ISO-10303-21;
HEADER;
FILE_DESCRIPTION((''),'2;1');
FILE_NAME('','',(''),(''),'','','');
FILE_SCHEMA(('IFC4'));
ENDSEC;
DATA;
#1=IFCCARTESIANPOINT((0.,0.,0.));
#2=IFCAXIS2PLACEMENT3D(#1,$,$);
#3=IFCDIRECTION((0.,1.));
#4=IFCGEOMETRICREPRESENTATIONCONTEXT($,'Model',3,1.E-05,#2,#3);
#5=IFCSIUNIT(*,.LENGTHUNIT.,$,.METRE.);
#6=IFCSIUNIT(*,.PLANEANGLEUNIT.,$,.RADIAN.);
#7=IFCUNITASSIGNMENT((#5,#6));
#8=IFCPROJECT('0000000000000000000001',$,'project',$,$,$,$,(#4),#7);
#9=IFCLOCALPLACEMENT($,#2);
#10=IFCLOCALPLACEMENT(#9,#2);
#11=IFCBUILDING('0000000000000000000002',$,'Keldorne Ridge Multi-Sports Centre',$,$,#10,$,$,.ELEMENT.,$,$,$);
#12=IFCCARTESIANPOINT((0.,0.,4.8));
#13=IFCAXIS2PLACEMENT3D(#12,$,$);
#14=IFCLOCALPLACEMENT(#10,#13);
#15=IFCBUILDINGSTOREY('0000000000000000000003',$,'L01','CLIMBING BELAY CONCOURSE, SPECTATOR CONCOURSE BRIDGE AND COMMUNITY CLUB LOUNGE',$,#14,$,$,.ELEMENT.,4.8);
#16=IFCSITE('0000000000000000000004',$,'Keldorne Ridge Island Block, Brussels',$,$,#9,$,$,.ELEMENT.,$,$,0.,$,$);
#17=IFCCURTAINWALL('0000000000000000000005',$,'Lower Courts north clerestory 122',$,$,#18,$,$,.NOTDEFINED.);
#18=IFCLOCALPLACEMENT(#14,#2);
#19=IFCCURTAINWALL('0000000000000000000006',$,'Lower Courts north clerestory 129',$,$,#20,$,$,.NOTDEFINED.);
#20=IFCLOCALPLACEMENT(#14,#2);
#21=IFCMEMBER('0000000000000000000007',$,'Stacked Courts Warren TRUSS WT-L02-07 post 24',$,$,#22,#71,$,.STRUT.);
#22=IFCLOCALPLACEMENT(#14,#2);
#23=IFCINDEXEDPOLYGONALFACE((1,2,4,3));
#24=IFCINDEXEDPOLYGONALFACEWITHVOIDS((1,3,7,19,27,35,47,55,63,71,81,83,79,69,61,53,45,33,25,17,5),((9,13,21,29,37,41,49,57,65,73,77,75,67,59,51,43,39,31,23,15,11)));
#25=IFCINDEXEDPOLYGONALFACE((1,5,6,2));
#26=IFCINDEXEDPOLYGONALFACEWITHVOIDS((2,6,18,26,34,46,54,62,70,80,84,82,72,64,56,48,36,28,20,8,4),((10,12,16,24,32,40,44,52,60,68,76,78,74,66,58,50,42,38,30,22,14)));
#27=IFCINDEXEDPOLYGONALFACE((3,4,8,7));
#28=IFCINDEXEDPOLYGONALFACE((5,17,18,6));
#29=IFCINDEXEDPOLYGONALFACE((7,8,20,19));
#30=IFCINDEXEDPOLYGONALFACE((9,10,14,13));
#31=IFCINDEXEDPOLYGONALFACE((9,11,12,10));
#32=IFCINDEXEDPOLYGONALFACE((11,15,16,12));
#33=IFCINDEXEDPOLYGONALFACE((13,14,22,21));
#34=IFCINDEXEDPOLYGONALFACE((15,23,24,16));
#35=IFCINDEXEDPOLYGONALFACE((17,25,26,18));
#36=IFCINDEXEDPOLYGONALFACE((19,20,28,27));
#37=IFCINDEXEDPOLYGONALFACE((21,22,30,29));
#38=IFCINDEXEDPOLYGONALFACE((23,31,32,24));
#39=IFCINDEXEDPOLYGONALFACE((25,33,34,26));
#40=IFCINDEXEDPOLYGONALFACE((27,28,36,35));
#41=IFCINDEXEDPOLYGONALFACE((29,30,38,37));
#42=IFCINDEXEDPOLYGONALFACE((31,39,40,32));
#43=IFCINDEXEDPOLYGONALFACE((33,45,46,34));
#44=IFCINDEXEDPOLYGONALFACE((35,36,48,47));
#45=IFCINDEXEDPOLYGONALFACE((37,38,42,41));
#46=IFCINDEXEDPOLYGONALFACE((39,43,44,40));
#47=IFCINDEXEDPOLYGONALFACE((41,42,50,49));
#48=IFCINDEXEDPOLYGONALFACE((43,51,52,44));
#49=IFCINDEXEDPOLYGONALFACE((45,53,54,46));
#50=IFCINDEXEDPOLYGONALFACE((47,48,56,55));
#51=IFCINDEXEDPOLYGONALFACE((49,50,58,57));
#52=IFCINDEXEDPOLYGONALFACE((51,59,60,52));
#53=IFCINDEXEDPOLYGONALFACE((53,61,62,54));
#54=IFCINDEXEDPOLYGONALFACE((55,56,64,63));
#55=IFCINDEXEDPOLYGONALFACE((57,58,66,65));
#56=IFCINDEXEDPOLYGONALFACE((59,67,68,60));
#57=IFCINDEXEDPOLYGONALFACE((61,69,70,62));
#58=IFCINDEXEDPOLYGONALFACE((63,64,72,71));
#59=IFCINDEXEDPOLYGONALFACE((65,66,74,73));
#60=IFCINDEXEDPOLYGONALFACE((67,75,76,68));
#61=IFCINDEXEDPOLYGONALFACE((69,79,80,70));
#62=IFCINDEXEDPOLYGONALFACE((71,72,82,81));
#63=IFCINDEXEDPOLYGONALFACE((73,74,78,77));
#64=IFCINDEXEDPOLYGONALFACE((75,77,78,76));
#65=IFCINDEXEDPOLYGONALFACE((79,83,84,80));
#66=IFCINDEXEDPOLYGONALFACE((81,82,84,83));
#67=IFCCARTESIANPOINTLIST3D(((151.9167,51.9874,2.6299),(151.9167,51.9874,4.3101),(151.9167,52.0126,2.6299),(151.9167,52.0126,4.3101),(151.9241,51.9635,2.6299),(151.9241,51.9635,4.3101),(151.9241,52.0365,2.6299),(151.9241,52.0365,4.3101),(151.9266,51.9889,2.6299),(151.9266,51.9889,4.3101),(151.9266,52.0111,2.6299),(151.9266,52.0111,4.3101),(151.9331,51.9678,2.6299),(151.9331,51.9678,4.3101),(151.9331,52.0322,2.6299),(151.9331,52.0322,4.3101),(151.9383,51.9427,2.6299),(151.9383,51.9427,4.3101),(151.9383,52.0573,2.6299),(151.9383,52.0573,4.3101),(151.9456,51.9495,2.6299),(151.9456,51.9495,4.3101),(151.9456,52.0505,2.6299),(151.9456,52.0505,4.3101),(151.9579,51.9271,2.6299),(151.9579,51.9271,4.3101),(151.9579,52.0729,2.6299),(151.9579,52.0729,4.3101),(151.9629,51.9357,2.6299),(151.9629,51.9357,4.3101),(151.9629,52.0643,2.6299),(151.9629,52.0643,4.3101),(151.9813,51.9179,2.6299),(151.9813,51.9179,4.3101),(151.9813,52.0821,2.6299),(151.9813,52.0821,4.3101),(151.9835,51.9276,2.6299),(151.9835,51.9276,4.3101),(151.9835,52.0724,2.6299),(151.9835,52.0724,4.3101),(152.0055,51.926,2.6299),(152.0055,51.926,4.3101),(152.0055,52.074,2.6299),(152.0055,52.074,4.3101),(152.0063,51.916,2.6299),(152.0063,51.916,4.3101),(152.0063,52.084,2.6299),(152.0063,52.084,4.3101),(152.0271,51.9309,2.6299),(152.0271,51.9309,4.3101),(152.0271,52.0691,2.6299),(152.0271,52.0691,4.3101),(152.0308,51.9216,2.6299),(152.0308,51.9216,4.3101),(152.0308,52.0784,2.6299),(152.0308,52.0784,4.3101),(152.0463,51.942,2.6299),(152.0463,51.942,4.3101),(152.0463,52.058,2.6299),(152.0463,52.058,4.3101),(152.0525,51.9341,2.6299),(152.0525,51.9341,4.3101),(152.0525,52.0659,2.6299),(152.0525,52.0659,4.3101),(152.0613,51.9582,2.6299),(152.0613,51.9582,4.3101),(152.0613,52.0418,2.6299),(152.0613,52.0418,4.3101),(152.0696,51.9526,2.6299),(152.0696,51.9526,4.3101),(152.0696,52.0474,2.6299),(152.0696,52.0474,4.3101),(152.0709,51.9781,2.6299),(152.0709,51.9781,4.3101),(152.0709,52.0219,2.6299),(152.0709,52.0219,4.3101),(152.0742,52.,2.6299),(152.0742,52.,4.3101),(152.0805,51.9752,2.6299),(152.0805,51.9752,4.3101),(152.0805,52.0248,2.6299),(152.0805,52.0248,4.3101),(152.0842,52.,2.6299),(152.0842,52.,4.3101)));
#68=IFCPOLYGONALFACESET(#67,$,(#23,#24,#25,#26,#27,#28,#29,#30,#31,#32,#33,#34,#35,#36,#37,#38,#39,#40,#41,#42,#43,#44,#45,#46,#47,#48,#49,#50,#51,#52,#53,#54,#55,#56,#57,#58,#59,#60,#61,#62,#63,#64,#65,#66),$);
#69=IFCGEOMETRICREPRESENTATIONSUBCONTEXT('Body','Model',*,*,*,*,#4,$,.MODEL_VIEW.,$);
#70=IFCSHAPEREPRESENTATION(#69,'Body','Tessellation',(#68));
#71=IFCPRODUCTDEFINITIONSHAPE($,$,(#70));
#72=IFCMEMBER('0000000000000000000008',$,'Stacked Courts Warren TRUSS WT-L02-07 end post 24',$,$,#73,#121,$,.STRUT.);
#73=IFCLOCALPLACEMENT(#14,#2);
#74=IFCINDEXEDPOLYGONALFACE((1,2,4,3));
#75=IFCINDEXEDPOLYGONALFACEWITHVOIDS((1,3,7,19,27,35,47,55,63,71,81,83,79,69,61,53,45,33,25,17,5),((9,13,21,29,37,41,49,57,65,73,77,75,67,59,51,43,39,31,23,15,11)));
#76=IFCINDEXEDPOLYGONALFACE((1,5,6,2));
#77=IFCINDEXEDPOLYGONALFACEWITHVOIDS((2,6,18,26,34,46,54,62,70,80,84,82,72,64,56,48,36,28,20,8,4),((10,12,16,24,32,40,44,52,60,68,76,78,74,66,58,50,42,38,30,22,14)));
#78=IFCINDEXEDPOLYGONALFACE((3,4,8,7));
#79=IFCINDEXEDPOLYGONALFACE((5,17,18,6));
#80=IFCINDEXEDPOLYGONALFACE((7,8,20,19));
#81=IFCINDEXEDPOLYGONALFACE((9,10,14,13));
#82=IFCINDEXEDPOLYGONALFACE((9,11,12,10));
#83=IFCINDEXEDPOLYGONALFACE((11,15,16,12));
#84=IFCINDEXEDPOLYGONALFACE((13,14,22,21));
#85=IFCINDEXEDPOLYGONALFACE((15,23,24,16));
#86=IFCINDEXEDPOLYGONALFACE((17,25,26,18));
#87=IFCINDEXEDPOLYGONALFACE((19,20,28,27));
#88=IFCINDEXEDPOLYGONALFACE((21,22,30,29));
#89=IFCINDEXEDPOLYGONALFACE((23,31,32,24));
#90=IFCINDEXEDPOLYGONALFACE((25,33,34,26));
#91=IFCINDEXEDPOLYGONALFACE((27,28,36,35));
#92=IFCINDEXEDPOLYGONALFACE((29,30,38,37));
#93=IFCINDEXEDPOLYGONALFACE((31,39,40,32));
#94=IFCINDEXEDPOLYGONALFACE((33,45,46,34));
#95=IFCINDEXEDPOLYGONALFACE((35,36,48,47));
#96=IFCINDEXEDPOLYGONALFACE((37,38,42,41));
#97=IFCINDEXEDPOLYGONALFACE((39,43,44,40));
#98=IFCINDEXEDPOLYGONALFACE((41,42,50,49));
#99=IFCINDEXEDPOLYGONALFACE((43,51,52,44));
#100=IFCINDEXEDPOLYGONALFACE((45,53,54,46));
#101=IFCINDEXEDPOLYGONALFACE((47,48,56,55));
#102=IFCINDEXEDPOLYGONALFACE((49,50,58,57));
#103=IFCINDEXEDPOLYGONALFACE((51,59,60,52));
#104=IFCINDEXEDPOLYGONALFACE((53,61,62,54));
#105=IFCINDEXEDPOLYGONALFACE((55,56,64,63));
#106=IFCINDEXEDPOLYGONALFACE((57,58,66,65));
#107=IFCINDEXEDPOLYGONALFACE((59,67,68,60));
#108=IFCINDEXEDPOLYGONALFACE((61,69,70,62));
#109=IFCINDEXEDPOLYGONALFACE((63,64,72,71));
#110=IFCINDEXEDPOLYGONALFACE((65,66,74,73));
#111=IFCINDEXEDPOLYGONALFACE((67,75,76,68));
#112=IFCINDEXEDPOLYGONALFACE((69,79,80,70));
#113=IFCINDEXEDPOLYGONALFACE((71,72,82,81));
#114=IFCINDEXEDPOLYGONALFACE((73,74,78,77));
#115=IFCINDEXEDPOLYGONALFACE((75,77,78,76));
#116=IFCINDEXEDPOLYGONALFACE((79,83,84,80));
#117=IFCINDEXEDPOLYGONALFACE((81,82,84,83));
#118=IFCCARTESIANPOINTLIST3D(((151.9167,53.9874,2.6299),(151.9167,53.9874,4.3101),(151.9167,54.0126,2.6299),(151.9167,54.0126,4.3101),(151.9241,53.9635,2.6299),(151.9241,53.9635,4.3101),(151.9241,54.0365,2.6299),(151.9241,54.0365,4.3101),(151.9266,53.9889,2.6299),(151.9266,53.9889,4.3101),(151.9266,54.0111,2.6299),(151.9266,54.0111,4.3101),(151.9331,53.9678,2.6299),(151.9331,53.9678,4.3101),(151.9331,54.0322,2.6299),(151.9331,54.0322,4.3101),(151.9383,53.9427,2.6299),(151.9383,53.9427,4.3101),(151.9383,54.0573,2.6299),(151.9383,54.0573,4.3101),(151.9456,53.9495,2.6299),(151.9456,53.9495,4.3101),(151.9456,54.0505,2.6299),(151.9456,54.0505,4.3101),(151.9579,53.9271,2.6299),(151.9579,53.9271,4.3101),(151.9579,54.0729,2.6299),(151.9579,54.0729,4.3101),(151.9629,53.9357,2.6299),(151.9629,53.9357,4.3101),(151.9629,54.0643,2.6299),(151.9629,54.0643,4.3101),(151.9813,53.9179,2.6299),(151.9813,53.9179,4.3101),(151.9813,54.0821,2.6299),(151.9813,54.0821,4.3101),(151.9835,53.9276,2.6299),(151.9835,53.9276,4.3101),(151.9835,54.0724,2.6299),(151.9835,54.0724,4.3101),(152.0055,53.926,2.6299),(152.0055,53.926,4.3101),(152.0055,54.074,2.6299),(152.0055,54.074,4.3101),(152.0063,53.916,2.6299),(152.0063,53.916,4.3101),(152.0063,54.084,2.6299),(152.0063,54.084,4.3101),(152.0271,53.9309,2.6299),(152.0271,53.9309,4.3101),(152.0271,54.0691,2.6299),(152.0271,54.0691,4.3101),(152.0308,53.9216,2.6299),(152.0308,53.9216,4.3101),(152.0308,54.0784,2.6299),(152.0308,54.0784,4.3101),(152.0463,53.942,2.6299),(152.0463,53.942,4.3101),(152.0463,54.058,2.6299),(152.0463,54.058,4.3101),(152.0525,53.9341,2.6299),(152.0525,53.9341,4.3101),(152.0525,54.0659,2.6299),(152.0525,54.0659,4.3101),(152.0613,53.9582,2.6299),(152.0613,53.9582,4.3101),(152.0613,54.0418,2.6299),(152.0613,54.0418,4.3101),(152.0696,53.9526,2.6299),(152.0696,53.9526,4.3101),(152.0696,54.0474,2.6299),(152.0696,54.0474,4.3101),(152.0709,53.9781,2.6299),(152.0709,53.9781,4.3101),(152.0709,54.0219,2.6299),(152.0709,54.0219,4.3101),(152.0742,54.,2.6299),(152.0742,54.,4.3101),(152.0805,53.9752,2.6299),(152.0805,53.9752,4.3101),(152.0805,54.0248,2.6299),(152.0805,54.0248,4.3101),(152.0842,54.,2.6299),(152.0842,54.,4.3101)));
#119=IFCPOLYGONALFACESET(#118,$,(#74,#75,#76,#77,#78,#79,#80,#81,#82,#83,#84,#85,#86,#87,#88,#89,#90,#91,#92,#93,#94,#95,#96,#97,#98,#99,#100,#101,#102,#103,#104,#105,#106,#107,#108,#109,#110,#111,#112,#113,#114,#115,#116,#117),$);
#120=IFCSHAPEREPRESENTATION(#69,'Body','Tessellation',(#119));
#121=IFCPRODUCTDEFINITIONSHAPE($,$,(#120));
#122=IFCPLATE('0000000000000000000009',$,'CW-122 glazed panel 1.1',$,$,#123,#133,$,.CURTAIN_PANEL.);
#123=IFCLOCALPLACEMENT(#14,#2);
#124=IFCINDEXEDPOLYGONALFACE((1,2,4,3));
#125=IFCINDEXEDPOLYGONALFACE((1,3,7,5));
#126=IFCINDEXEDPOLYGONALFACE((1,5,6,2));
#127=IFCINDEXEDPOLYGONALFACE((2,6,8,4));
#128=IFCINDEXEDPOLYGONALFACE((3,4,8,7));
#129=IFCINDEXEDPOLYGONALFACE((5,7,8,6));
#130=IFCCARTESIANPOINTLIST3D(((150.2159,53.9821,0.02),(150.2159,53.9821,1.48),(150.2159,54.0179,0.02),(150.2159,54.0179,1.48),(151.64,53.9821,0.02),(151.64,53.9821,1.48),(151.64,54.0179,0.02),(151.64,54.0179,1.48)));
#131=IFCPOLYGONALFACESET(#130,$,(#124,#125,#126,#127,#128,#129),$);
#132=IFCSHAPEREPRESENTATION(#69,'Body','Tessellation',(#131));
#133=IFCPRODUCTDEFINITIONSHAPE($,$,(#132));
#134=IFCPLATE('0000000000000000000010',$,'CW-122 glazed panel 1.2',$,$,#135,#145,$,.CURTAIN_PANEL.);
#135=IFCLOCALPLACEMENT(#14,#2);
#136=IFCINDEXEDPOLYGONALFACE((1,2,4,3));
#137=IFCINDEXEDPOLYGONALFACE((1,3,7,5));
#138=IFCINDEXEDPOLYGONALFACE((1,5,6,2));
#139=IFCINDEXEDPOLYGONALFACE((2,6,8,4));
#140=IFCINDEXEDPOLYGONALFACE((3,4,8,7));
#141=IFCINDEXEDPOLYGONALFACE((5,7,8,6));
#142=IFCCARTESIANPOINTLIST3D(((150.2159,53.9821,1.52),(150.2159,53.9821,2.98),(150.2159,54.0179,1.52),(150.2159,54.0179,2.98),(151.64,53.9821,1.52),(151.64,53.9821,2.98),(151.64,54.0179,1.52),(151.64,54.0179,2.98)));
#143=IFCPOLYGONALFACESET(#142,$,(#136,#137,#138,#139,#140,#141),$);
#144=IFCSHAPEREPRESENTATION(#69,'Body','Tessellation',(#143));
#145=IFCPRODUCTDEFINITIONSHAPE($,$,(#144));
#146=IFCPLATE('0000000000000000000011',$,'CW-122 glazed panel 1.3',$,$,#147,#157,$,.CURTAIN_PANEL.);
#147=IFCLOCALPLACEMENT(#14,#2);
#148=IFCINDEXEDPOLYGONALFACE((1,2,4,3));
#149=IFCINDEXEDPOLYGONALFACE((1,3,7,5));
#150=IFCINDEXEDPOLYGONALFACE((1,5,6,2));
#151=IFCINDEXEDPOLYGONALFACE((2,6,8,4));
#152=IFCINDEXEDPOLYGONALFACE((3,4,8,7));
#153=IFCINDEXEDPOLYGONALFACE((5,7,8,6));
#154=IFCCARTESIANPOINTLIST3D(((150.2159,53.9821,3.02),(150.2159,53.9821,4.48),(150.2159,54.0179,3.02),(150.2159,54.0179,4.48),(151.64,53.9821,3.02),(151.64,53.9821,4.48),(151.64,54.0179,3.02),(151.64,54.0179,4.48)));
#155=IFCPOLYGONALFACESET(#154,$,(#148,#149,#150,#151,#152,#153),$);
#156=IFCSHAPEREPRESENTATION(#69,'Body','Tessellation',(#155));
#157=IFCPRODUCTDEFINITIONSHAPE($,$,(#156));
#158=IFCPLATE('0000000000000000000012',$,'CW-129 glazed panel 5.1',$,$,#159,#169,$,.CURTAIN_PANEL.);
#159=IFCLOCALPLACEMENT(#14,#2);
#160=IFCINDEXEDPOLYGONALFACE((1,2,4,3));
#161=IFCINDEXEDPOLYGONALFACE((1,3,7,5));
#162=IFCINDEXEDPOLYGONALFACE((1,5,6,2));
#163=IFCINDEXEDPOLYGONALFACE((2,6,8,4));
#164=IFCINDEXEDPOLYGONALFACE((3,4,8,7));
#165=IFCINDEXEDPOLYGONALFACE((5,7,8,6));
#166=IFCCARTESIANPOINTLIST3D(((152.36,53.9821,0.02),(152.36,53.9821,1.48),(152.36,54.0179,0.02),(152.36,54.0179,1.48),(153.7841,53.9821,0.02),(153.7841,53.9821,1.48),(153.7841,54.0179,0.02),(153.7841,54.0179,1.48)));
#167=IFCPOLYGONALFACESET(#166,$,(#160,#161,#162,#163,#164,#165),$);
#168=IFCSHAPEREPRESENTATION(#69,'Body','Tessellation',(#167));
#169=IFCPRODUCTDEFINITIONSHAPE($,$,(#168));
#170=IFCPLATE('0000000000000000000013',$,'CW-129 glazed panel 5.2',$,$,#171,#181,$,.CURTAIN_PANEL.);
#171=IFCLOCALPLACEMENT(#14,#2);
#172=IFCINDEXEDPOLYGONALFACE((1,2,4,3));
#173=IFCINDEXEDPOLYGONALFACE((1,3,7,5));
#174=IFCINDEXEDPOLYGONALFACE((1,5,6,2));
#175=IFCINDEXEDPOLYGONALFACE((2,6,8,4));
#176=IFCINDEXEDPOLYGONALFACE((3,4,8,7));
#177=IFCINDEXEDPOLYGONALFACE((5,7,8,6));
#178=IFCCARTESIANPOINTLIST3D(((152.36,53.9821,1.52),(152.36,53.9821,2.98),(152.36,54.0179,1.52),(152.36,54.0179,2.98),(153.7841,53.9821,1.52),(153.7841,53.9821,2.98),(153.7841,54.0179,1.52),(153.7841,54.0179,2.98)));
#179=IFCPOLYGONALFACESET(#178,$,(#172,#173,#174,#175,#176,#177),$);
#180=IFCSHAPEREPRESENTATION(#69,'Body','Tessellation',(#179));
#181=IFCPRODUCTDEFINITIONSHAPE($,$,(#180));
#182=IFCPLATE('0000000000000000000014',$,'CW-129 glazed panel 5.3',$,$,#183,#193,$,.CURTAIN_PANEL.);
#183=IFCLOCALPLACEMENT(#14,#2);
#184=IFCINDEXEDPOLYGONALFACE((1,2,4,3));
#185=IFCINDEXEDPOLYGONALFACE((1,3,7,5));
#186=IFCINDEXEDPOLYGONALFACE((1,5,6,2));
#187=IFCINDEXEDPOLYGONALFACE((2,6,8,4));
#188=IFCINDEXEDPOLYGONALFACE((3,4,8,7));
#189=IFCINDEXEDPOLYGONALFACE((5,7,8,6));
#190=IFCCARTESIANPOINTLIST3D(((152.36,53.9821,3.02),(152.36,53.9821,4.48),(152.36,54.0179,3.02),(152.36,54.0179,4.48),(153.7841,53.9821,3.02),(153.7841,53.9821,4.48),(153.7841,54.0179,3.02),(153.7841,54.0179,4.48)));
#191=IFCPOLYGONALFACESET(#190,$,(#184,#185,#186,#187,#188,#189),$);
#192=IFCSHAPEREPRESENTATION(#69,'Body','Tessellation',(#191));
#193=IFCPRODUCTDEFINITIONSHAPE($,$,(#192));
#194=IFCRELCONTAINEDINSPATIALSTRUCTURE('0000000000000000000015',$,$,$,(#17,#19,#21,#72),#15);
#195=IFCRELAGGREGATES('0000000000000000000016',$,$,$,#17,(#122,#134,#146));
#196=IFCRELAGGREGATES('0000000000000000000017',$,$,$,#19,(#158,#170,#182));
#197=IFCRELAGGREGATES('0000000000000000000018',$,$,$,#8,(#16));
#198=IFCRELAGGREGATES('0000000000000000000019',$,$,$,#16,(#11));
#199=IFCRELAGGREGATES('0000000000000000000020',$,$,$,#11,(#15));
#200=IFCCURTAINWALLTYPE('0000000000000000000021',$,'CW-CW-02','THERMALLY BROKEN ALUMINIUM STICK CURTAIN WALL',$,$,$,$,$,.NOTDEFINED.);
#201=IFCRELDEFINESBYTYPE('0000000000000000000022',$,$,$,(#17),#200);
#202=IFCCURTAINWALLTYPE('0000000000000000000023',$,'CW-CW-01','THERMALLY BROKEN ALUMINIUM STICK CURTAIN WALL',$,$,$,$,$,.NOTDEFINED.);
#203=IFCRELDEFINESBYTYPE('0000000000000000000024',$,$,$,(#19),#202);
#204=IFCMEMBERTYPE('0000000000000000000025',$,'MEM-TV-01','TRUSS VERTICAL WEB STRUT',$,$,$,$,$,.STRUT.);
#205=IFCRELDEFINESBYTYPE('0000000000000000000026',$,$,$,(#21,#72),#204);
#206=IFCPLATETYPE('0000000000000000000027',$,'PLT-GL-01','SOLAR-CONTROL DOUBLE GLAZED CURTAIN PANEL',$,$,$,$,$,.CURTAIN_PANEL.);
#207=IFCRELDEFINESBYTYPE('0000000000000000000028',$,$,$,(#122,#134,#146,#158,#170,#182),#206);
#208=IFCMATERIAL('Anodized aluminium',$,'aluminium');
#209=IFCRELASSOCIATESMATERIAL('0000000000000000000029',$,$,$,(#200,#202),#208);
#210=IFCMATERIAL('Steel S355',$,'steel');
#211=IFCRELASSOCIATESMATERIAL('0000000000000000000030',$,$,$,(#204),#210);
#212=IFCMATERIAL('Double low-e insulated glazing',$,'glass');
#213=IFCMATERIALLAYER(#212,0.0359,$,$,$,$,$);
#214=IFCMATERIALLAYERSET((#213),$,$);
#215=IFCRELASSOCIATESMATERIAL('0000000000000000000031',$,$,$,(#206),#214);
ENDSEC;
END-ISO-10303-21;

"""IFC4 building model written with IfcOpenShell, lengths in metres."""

from ifc_helpers import new_model, si_unit, direction, frame, origin, origin_2d, place, context, subcontext, project, spatial, rectangle, hollow_circle, extrude, material, layer, layer_set, material_profile, profile_set, type_object, element, aggregate, save


model = new_model("IFC4")

# Units and contexts
model_context = context("Model", 3, precision=1e-05, world=origin(), true_north=direction((0.0, 1.0)))
body_context = subcontext(model_context, "Body", "Model", "MODEL_VIEW")
ifc_project = project(units=[si_unit("LENGTHUNIT", "METRE"), si_unit("PLANEANGLEUNIT", "RADIAN")], contexts=[model_context])

# Site, building, storey
site_placement = place(None, origin())
site = spatial("IfcSite", under=ifc_project, at=site_placement, Name="Keldorne Ridge Island Block, Brussels", CompositionType="ELEMENT", RefElevation=0.0)
building_placement = place(site_placement, origin())
building = spatial("IfcBuilding", under=site, at=building_placement, Name="Keldorne Ridge Multi-Sports Centre", CompositionType="ELEMENT")
storey_placement = place(building_placement, frame((0.0, 0.0, 4.8)))
storey = spatial("IfcBuildingStorey", under=building, at=storey_placement, Name="L01", Description="CLIMBING BELAY CONCOURSE, SPECTATOR CONCOURSE BRIDGE AND COMMUNITY CLUB LOUNGE", CompositionType="ELEMENT", Elevation=4.8)

# Shared definitions
ifc_material_1 = material(Name="Steel S355", Category="steel")

# Curtain wall
ifc_material_2 = material(Name="Anodized aluminium", Category="aluminium")
curtain_wall_type_1 = type_object("IfcCurtainWallType", Name="CW-CW-02", Description="THERMALLY BROKEN ALUMINIUM STICK CURTAIN WALL", PredefinedType="NOTDEFINED", material=ifc_material_2)
curtain_wall_1_placement = place(storey_placement, origin())
curtain_wall_1 = element("IfcCurtainWall", 1, at=curtain_wall_1_placement, inside=storey, type_object=curtain_wall_type_1, Name="Lower Courts north clerestory 122", PredefinedType="NOTDEFINED")

# Curtain wall
curtain_wall_type_2 = type_object("IfcCurtainWallType", Name="CW-CW-01", Description="THERMALLY BROKEN ALUMINIUM STICK CURTAIN WALL", PredefinedType="NOTDEFINED", material=ifc_material_2)
curtain_wall_2_placement = place(storey_placement, origin())
curtain_wall_2 = element("IfcCurtainWall", 2, at=curtain_wall_2_placement, inside=storey, type_object=curtain_wall_type_2, Name="Lower Courts north clerestory 129", PredefinedType="NOTDEFINED")

# Members
ifc_material_profile_1 = material_profile(ifc_material_1, hollow_circle(Radius=0.0842, WallThickness=0.01, at=origin_2d()), Name="CHS 168.3x10")
ifc_profile_set_1 = profile_set([ifc_material_profile_1], Name="Steel S355")
member_type_1 = type_object("IfcMemberType", Name="MEM-TV-01", Description="TRUSS VERTICAL WEB STRUT", PredefinedType="STRUT", material=ifc_profile_set_1)
for number, where, z_axis, x_axis, name in (
    (3, (152.0, 52.0, 2.6299), (0.0, 0.0, 1.0), (1.0, 0.0, 0.0), "Stacked Courts Warren TRUSS WT-L02-07 post 24"),
    (4, (152.0, 54.0, 2.6299), (0.0, 0.0, 1.0), (1.0, 0.0, 0.0), "Stacked Courts Warren TRUSS WT-L02-07 end post 24"),
):
    element("IfcMember", number, at=place(storey_placement, frame(where, z_axis=z_axis, x_axis=x_axis)), inside=storey, type_object=member_type_1, Name=name, PredefinedType="STRUT", context=body_context, shape_type="SweptSolid", body=[
        extrude(hollow_circle(Radius=0.0842, WallThickness=0.01, at=origin_2d()), origin(), (0.0, 0.0, 1.0), 1.6802),
    ])

# Plates
ifc_material_3 = material(Name="Double low-e insulated glazing", Category="glass")
ifc_layer = layer(ifc_material_3, 0.0359)
ifc_layer_set = layer_set([ifc_layer])
plate_type = type_object("IfcPlateType", Name="PLT-GL-01", Description="SOLAR-CONTROL DOUBLE GLAZED CURTAIN PANEL", PredefinedType="CURTAIN_PANEL", material=ifc_layer_set)
plate_1_placement = place(storey_placement, frame((150.928, 54.0, 0.02), z_axis=(0.0, 0.0, 1.0), x_axis=(-1.0, 0.0, 0.0)))
plate_1 = element("IfcPlate", 5, at=plate_1_placement, type_object=plate_type, Name="CW-122 glazed panel 1.1", PredefinedType="CURTAIN_PANEL", context=body_context, shape_type="SweptSolid", body=[
    extrude(rectangle(XDim=1.4241, YDim=0.0359, at=origin_2d()), origin(), (0.0, 0.0, 1.0), 1.46),
])
plate_2_placement = place(storey_placement, frame((150.928, 54.0, 1.52), z_axis=(0.0, 0.0, 1.0), x_axis=(-1.0, 0.0, 0.0)))
plate_2 = element("IfcPlate", 6, at=plate_2_placement, type_object=plate_type, Name="CW-122 glazed panel 1.2", PredefinedType="CURTAIN_PANEL", context=body_context, shape_type="SweptSolid", body=[
    extrude(rectangle(XDim=1.4241, YDim=0.0359, at=origin_2d()), origin(), (0.0, 0.0, 1.0), 1.46),
])
plate_3_placement = place(storey_placement, frame((150.928, 54.0, 3.02), z_axis=(0.0, 0.0, 1.0), x_axis=(-1.0, 0.0, 0.0)))
plate_3 = element("IfcPlate", 7, at=plate_3_placement, type_object=plate_type, Name="CW-122 glazed panel 1.3", PredefinedType="CURTAIN_PANEL", context=body_context, shape_type="SweptSolid", body=[
    extrude(rectangle(XDim=1.4241, YDim=0.0359, at=origin_2d()), origin(), (0.0, 0.0, 1.0), 1.46),
])
aggregate(curtain_wall_1, [plate_1, plate_2, plate_3])
plate_4_placement = place(storey_placement, frame((153.072, 54.0, 0.02), z_axis=(0.0, 0.0, 1.0), x_axis=(-1.0, 0.0, 0.0)))
plate_4 = element("IfcPlate", 8, at=plate_4_placement, type_object=plate_type, Name="CW-129 glazed panel 5.1", PredefinedType="CURTAIN_PANEL", context=body_context, shape_type="SweptSolid", body=[
    extrude(rectangle(XDim=1.4241, YDim=0.0359, at=origin_2d()), origin(), (0.0, 0.0, 1.0), 1.46),
])
plate_5_placement = place(storey_placement, frame((153.072, 54.0, 1.52), z_axis=(0.0, 0.0, 1.0), x_axis=(-1.0, 0.0, 0.0)))
plate_5 = element("IfcPlate", 9, at=plate_5_placement, type_object=plate_type, Name="CW-129 glazed panel 5.2", PredefinedType="CURTAIN_PANEL", context=body_context, shape_type="SweptSolid", body=[
    extrude(rectangle(XDim=1.4241, YDim=0.0359, at=origin_2d()), origin(), (0.0, 0.0, 1.0), 1.46),
])
plate_6_placement = place(storey_placement, frame((153.072, 54.0, 3.02), z_axis=(0.0, 0.0, 1.0), x_axis=(-1.0, 0.0, 0.0)))
plate_6 = element("IfcPlate", 10, at=plate_6_placement, type_object=plate_type, Name="CW-129 glazed panel 5.3", PredefinedType="CURTAIN_PANEL", context=body_context, shape_type="SweptSolid", body=[
    extrude(rectangle(XDim=1.4241, YDim=0.0359, at=origin_2d()), origin(), (0.0, 0.0, 1.0), 1.46),
])
aggregate(curtain_wall_2, [plate_4, plate_5, plate_6])

save(model, "model.ifc")
